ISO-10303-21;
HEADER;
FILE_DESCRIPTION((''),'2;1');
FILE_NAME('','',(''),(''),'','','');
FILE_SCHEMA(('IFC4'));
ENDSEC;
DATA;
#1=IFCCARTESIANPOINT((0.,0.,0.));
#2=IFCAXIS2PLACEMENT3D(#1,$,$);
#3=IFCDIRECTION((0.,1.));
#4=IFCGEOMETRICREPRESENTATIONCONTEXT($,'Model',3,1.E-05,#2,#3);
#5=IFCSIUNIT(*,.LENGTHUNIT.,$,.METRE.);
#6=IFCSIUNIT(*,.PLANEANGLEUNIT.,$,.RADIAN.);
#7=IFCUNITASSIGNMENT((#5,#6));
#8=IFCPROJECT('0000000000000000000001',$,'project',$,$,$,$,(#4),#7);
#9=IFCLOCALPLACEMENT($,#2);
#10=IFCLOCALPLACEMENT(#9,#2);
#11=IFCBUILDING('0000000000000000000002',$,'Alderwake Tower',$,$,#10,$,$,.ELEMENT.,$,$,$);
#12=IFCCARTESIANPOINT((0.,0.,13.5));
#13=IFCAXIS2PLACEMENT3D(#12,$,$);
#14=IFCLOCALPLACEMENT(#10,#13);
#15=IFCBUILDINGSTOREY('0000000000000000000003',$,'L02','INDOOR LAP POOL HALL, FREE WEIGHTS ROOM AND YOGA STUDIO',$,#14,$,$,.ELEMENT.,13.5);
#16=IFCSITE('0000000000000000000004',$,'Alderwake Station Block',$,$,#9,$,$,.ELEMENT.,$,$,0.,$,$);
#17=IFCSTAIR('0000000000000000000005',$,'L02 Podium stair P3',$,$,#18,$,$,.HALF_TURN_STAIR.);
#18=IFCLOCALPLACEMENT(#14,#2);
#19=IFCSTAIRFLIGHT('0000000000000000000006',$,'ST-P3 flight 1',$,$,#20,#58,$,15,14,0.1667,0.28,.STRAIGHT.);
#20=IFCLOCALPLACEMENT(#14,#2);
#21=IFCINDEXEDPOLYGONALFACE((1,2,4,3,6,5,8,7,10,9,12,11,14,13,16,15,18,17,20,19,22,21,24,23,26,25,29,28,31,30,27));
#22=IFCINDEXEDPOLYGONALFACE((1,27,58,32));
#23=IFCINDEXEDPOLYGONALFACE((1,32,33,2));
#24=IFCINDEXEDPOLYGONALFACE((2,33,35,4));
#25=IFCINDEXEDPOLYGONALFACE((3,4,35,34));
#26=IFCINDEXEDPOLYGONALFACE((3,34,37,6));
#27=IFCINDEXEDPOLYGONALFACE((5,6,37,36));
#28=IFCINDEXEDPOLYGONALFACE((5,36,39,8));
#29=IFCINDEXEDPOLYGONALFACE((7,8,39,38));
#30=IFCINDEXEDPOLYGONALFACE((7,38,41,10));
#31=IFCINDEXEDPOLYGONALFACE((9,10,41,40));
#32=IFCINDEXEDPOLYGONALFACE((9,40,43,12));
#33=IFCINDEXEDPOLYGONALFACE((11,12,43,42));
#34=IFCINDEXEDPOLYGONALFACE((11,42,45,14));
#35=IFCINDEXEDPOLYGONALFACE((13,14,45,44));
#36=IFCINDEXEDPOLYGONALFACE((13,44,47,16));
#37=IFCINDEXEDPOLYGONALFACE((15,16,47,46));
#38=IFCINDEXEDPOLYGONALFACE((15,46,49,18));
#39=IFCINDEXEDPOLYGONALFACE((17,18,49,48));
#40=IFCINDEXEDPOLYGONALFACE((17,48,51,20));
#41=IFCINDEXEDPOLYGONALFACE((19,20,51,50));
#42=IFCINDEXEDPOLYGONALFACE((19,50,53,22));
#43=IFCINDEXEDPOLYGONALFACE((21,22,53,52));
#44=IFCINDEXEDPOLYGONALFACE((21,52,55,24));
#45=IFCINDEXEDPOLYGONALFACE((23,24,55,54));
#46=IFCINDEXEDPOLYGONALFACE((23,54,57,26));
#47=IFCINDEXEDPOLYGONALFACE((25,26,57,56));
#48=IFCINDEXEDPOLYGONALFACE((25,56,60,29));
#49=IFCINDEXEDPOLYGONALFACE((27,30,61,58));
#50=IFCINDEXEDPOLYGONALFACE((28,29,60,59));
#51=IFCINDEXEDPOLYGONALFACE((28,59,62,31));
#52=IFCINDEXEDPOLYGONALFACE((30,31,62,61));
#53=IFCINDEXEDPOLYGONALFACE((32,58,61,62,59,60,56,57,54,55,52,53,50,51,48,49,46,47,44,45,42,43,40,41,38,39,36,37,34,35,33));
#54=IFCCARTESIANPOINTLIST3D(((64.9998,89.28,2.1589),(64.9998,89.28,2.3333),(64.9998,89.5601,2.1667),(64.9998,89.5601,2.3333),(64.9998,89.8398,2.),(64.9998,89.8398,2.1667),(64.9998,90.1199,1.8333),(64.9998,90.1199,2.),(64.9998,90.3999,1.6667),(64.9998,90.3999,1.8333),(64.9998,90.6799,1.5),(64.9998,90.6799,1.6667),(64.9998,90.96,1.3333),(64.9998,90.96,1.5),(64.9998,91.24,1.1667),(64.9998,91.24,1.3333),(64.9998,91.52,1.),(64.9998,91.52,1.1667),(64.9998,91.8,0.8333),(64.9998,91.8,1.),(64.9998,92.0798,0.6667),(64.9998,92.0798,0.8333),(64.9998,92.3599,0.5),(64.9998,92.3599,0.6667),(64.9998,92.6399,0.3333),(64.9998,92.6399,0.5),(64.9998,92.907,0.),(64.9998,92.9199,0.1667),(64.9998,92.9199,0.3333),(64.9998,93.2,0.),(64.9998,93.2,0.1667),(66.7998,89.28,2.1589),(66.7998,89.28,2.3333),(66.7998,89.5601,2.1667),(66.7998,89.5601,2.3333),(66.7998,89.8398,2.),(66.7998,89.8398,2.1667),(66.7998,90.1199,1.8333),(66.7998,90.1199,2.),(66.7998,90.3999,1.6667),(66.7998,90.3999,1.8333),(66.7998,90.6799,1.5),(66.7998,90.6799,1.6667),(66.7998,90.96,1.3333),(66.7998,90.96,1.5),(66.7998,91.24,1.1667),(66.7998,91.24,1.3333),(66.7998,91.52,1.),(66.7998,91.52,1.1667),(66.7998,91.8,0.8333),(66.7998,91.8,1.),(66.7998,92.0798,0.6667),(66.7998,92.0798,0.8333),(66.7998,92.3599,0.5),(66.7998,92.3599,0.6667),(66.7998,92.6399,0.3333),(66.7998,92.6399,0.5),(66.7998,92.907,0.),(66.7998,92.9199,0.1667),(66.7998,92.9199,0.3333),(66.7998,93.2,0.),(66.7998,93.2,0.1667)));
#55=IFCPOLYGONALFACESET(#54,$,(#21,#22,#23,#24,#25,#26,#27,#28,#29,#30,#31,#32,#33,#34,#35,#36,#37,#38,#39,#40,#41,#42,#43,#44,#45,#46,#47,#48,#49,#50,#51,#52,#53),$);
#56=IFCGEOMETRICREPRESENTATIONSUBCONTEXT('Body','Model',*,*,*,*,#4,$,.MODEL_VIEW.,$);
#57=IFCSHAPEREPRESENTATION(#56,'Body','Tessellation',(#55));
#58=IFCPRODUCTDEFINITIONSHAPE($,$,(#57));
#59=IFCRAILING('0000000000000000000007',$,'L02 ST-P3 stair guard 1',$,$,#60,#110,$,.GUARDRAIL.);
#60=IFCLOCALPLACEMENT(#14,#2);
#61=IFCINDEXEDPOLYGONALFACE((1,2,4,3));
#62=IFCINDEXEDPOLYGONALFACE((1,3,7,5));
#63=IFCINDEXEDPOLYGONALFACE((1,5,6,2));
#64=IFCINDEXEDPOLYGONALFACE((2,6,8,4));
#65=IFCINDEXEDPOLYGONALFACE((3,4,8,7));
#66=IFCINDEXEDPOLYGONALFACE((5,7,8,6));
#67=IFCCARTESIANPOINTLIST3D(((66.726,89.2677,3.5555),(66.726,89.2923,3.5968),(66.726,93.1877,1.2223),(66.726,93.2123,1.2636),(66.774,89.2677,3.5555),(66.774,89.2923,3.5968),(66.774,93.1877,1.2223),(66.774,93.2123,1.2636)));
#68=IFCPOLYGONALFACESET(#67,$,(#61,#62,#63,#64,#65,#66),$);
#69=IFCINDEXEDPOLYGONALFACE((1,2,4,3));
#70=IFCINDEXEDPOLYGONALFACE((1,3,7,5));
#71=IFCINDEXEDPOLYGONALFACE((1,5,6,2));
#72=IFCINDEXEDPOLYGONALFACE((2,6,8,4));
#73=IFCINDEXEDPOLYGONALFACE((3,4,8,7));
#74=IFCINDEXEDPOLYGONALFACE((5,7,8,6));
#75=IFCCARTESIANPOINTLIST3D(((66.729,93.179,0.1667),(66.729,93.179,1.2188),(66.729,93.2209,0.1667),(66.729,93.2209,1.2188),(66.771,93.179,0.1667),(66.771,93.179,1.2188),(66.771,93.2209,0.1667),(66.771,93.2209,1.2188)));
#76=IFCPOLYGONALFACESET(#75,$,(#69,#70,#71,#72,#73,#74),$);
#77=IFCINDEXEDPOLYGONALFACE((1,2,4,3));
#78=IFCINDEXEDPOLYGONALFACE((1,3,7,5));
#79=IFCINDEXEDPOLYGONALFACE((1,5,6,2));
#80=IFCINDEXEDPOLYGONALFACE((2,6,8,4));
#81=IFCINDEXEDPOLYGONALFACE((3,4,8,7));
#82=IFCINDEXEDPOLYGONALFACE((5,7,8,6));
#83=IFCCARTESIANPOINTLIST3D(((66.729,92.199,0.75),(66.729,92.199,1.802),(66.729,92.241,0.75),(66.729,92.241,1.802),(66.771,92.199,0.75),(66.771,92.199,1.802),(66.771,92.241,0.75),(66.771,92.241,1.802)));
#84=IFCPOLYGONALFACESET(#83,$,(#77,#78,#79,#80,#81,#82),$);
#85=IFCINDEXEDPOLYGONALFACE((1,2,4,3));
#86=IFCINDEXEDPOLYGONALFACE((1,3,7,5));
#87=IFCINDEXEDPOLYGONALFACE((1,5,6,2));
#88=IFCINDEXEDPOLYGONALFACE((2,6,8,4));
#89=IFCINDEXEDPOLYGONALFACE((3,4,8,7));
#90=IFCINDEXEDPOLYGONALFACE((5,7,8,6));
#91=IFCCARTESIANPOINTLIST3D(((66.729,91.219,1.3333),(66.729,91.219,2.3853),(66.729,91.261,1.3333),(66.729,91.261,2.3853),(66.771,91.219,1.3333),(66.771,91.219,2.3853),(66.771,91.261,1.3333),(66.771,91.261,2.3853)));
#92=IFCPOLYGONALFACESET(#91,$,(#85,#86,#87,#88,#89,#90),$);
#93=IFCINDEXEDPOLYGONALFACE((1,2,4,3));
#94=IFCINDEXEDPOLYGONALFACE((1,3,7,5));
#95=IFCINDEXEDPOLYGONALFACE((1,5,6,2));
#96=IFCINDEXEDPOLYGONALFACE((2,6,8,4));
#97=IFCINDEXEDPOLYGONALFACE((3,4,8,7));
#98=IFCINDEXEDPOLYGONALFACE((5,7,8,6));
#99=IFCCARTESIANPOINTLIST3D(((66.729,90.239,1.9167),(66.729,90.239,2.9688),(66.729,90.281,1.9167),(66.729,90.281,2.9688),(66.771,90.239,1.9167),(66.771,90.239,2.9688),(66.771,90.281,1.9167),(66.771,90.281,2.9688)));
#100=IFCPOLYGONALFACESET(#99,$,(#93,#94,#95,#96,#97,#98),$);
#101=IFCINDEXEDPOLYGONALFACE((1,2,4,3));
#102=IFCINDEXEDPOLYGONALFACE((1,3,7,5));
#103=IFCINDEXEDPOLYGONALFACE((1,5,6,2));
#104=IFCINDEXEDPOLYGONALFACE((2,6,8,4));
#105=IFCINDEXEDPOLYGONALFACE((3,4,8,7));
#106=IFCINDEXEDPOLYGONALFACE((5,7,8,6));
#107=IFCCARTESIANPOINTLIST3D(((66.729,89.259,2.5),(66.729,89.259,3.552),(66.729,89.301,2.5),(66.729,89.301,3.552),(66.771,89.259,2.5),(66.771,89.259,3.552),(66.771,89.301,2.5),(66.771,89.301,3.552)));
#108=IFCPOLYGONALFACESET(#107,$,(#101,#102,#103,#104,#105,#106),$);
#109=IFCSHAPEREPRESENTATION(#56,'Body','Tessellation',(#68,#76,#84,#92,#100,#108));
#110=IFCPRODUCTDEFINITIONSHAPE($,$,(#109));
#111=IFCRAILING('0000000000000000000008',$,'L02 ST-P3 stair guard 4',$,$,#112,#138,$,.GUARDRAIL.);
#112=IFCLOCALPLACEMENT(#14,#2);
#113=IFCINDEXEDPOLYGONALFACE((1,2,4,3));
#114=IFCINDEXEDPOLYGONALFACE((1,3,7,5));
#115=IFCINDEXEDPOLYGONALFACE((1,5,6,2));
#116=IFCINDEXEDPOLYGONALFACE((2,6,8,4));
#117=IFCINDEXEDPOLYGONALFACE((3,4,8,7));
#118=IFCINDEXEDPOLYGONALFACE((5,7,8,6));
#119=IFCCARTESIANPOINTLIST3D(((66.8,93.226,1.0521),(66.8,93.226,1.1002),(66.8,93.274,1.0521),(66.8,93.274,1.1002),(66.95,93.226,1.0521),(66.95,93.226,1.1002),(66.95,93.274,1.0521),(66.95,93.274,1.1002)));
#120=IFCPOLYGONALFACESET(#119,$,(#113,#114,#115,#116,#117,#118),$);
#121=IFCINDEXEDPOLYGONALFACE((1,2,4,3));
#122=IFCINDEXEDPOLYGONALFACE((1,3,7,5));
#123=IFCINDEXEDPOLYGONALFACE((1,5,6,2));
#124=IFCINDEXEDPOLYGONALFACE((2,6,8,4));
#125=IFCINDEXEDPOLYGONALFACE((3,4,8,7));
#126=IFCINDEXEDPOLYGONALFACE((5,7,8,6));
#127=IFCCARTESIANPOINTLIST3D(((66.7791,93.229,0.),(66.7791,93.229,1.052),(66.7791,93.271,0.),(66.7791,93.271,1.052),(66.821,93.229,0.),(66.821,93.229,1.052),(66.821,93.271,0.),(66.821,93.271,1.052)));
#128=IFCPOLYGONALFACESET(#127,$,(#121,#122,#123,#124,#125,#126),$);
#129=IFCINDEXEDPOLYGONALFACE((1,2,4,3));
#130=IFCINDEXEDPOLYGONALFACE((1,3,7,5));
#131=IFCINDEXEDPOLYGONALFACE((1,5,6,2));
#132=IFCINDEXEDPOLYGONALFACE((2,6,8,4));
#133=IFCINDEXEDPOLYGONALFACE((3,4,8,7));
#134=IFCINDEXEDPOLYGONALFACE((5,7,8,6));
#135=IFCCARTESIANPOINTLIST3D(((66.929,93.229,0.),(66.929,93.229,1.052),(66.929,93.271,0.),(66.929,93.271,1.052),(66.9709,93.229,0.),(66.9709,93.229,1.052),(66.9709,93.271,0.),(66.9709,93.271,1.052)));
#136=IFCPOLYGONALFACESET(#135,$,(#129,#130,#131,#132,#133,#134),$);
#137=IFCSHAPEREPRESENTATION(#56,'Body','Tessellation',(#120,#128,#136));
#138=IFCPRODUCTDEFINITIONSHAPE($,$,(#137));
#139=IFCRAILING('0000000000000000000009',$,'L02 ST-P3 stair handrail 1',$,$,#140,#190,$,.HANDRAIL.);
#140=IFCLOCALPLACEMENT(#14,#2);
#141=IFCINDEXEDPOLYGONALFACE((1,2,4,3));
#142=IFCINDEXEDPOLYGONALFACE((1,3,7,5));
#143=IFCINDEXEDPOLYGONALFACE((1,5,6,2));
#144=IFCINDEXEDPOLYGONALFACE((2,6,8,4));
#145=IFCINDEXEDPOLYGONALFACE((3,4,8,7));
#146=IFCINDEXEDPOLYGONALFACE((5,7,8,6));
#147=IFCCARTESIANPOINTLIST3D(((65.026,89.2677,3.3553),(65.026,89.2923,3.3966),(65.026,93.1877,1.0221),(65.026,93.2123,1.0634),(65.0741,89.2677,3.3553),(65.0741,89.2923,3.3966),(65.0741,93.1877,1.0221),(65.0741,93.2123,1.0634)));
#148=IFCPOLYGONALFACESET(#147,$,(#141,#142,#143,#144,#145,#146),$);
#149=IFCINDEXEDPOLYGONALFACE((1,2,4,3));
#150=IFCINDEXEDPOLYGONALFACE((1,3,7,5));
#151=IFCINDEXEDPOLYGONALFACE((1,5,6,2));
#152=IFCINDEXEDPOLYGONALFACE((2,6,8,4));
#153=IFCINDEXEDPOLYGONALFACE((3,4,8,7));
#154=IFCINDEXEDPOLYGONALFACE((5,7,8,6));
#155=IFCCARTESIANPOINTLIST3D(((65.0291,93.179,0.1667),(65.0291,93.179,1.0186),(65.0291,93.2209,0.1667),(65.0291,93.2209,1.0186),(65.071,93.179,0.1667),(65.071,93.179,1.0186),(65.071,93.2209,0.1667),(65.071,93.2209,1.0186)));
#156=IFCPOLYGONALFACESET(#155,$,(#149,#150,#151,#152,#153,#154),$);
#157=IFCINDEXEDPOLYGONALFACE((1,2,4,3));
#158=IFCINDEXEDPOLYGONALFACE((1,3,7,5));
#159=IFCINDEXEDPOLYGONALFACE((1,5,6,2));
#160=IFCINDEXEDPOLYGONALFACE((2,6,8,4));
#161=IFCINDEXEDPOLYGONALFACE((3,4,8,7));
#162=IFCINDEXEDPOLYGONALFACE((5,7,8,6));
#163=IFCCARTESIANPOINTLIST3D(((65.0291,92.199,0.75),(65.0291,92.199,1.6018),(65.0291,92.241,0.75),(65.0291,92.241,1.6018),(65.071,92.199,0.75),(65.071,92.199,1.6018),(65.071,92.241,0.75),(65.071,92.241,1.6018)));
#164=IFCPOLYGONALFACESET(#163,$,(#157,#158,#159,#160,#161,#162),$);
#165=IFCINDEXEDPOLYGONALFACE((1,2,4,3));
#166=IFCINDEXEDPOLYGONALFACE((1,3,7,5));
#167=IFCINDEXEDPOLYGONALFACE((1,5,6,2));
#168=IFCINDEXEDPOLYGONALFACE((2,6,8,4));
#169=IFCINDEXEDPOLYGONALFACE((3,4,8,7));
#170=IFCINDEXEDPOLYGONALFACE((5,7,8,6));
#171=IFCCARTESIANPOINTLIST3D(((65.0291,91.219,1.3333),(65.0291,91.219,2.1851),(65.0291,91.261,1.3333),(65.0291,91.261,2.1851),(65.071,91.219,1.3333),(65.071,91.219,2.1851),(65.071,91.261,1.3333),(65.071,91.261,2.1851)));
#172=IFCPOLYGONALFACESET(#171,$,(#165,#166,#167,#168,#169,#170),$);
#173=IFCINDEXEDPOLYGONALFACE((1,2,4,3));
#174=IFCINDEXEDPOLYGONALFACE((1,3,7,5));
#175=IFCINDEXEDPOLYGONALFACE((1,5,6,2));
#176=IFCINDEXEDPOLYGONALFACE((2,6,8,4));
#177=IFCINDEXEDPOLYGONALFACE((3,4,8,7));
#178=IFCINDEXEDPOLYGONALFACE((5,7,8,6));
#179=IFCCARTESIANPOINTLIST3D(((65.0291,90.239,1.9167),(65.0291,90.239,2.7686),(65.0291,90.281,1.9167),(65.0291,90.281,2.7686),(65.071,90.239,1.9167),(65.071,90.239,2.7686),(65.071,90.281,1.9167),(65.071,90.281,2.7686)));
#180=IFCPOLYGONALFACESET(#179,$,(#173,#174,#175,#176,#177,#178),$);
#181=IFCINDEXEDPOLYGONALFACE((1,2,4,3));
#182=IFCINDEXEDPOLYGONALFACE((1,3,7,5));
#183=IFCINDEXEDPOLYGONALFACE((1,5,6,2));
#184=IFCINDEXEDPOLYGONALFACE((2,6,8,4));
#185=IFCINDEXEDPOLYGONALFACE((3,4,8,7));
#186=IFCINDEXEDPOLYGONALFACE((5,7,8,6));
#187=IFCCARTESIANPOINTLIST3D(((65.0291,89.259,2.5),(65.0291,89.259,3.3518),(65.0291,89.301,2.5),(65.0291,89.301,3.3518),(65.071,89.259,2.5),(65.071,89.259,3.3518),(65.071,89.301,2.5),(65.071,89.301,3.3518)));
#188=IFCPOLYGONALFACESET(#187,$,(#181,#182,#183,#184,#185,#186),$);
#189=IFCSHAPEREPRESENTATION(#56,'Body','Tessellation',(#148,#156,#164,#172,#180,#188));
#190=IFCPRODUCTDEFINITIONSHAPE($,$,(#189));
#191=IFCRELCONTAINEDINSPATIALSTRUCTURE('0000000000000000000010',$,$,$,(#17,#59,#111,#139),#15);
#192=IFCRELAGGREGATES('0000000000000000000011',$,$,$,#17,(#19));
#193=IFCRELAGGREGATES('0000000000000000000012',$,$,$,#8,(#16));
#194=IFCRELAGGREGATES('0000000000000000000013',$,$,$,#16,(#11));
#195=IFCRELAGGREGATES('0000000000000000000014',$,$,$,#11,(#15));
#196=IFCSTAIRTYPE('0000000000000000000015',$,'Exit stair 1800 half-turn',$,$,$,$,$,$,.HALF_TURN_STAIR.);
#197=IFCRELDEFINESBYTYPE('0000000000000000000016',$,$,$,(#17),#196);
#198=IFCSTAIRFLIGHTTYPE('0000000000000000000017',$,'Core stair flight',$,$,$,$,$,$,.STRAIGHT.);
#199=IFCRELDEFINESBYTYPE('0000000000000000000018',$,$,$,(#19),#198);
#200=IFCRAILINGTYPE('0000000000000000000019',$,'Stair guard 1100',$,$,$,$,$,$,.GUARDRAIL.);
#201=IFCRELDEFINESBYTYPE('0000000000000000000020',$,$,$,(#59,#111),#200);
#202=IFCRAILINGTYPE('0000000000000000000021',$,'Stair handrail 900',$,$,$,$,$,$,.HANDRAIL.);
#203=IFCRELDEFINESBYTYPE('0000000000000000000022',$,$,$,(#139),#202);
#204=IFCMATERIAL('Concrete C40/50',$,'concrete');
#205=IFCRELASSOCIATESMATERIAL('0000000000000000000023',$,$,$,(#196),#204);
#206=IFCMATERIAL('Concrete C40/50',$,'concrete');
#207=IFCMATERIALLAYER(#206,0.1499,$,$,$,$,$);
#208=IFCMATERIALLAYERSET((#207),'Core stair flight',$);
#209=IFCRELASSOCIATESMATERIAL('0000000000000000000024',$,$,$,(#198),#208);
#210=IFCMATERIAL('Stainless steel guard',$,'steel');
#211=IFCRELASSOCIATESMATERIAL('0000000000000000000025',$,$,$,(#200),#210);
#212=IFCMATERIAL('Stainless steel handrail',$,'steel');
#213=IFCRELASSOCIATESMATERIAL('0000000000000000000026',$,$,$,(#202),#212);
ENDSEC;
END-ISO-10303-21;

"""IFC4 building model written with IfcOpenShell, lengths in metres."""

from ifc_helpers import new_model, si_unit, direction, frame, origin, origin_with_axes, origin_2d, place, context, subcontext, project, spatial, polyline, rectangle, outline, extrude, material, layer, layer_set, type_object, element, aggregate, save


model = new_model("IFC4")

# Units and contexts
model_context = context("Model", 3, precision=1e-05, world=origin(), true_north=direction((0.0, 1.0)))
body_context = subcontext(model_context, "Body", "Model", "MODEL_VIEW")
ifc_project = project(units=[si_unit("LENGTHUNIT", "METRE"), si_unit("PLANEANGLEUNIT", "RADIAN")], contexts=[model_context])

# Site, building, storey
site_placement = place(None, origin())
site = spatial("IfcSite", under=ifc_project, at=site_placement, Name="Alderwake Station Block", CompositionType="ELEMENT", RefElevation=0.0)
building_placement = place(site_placement, origin())
building = spatial("IfcBuilding", under=site, at=building_placement, Name="Alderwake Tower", CompositionType="ELEMENT")
storey_placement = place(building_placement, frame((0.0, 0.0, 13.5)))
storey = spatial("IfcBuildingStorey", under=building, at=storey_placement, Name="L02", Description="INDOOR LAP POOL HALL, FREE WEIGHTS ROOM AND YOGA STUDIO", CompositionType="ELEMENT", Elevation=13.5)

# Stair, stair flight
ifc_material_1 = material(Name="Concrete C40/50", Category="concrete")
stair_type = type_object("IfcStairType", Name="Exit stair 1800 half-turn", PredefinedType="HALF_TURN_STAIR", material=ifc_material_1)
stair_placement = place(storey_placement, origin())
stair = element("IfcStair", 1, at=stair_placement, inside=storey, type_object=stair_type, Name="L02 Podium stair P3", PredefinedType="HALF_TURN_STAIR")
ifc_material_2 = material(Name="Concrete C40/50", Category="concrete")
ifc_layer_1 = layer(ifc_material_2, 0.1499)
ifc_layer_set_1 = layer_set([ifc_layer_1], Name="Core stair flight")
stair_flight_type = type_object("IfcStairFlightType", Name="Core stair flight", PredefinedType="STRAIGHT", material=ifc_layer_set_1)
stair_flight_placement = place(storey_placement, frame((65.8999, 93.2, 0.0), z_axis=(0.0, 0.0, 1.0), x_axis=(0.0, -1.0, 0.0)))
stair_flight = element("IfcStairFlight", 2, at=stair_flight_placement, type_object=stair_flight_type, Name="ST-P3 flight 1", NumberOfRisers=15, NumberOfTreads=14, PredefinedType="STRAIGHT", RiserHeight=0.1667, TreadLength=0.28, context=body_context, shape_type="SweptSolid", body=[
    extrude(outline(polyline([(0.0, 0.0), (0.0, 0.1667), (0.28, 0.1667), (0.28, 0.3333), (0.5601, 0.3333), (0.5601, 0.5), (0.8401, 0.5), (0.8401, 0.6667), (1.1201, 0.6667), (1.1201, 0.8333), (1.3999, 0.8333), (1.3999, 1.0), (1.6799, 1.0), (1.6799, 1.1667), (1.96, 1.1667), (1.96, 1.3333), (2.24, 1.3333), (2.24, 1.5), (2.52, 1.5), (2.52, 1.6667), (2.8, 1.6667), (2.8, 1.8333), (3.0801, 1.8333), (3.0801, 2.0), (3.3601, 2.0), (3.3601, 2.1667), (3.6399, 2.1667), (3.6399, 2.3333), (3.9199, 2.3333), (3.9199, 2.5), (3.9199, 2.1589), (0.293, 0.0), (0.0, 0.0)])), frame((0.0, 0.8999, 0.0), z_axis=(0.0, -1.0, 0.0), x_axis=(1.0, 0.0, 0.0)), (0.0, 0.0, 1.0), 1.8),
])
aggregate(stair, [stair_flight])

# Railings
ifc_material_3 = material(Name="Stainless steel guard", Category="steel")
railing_type_1 = type_object("IfcRailingType", Name="Stair guard 1100", PredefinedType="GUARDRAIL", material=ifc_material_3)
railing_1_placement = place(storey_placement, frame((66.75, 93.2, 0.1667)))
element("IfcRailing", 3, at=railing_1_placement, inside=storey, type_object=railing_type_1, Name="L02 ST-P3 stair guard 1", PredefinedType="GUARDRAIL", context=body_context, shape_type="SweptSolid", body=[
    extrude(rectangle(XDim=0.0481, YDim=0.0481, at=origin_2d()), frame((0.0, 0.0, 1.0762), z_axis=(0.0, -0.859296, 0.511478), x_axis=(1.0, 0.0, 0.0)), (0.0, 0.0, 1.0), 4.5618),
    extrude(rectangle(XDim=0.042, YDim=0.042, at=origin_2d()), frame((0.0, 0.0, 0.0), z_axis=(0.0, 0.0, 1.0), x_axis=(0.0, -1.0, 0.0)), (0.0, 0.0, 1.0), 1.052),
    extrude(rectangle(XDim=0.042, YDim=0.042, at=origin_2d()), frame((0.0, -0.98, 0.5833), z_axis=(0.0, 0.0, 1.0), x_axis=(0.0, -1.0, 0.0)), (0.0, 0.0, 1.0), 1.052),
    extrude(rectangle(XDim=0.042, YDim=0.042, at=origin_2d()), frame((0.0, -1.96, 1.1665), z_axis=(0.0, 0.0, 1.0), x_axis=(0.0, -1.0, 0.0)), (0.0, 0.0, 1.0), 1.052),
    extrude(rectangle(XDim=0.042, YDim=0.042, at=origin_2d()), frame((0.0, -2.9399, 1.75), z_axis=(0.0, 0.0, 1.0), x_axis=(0.0, -1.0, 0.0)), (0.0, 0.0, 1.0), 1.052),
    extrude(rectangle(XDim=0.042, YDim=0.042, at=origin_2d()), frame((0.0, -3.9199, 2.3333), z_axis=(0.0, 0.0, 1.0), x_axis=(0.0, -1.0, 0.0)), (0.0, 0.0, 1.0), 1.052),
])
railing_2_placement = place(storey_placement, frame((66.8, 93.25, 0.0)))
element("IfcRailing", 4, at=railing_2_placement, inside=storey, type_object=railing_type_1, Name="L02 ST-P3 stair guard 4", PredefinedType="GUARDRAIL", context=body_context, shape_type="SweptSolid", body=[
    extrude(rectangle(XDim=0.0481, YDim=0.0481, at=origin_2d()), frame((0.0, 0.0, 1.0762), z_axis=(1.0, 0.0, 0.0), x_axis=(0.0, 1.0, 0.0)), (0.0, 0.0, 1.0), 0.1499),
    extrude(rectangle(XDim=0.042, YDim=0.042, at=origin_2d()), origin_with_axes(), (0.0, 0.0, 1.0), 1.052),
    extrude(rectangle(XDim=0.042, YDim=0.042, at=origin_2d()), frame((0.1499, 0.0, 0.0), z_axis=(0.0, 0.0, 1.0), x_axis=(1.0, 0.0, 0.0)), (0.0, 0.0, 1.0), 1.052),
])
ifc_material_4 = material(Name="Stainless steel handrail", Category="steel")
railing_type_2 = type_object("IfcRailingType", Name="Stair handrail 900", PredefinedType="HANDRAIL", material=ifc_material_4)
railing_3_placement = place(storey_placement, frame((65.05, 93.2, 0.1667)))
element("IfcRailing", 5, at=railing_3_placement, inside=storey, type_object=railing_type_2, Name="L02 ST-P3 stair handrail 1", PredefinedType="HANDRAIL", context=body_context, shape_type="SweptSolid", body=[
    extrude(rectangle(XDim=0.0481, YDim=0.0481, at=origin_2d()), frame((0.0, 0.0, 0.876), z_axis=(0.0, -0.859296, 0.511478), x_axis=(1.0, 0.0, 0.0)), (0.0, 0.0, 1.0), 4.5618),
    extrude(rectangle(XDim=0.042, YDim=0.042, at=origin_2d()), frame((0.0, 0.0, 0.0), z_axis=(0.0, 0.0, 1.0), x_axis=(0.0, -1.0, 0.0)), (0.0, 0.0, 1.0), 0.8518),
    extrude(rectangle(XDim=0.042, YDim=0.042, at=origin_2d()), frame((0.0, -0.98, 0.5833), z_axis=(0.0, 0.0, 1.0), x_axis=(0.0, -1.0, 0.0)), (0.0, 0.0, 1.0), 0.8518),
    extrude(rectangle(XDim=0.042, YDim=0.042, at=origin_2d()), frame((0.0, -1.96, 1.1665), z_axis=(0.0, 0.0, 1.0), x_axis=(0.0, -1.0, 0.0)), (0.0, 0.0, 1.0), 0.8518),
    extrude(rectangle(XDim=0.042, YDim=0.042, at=origin_2d()), frame((0.0, -2.9399, 1.75), z_axis=(0.0, 0.0, 1.0), x_axis=(0.0, -1.0, 0.0)), (0.0, 0.0, 1.0), 0.8518),
    extrude(rectangle(XDim=0.042, YDim=0.042, at=origin_2d()), frame((0.0, -3.9199, 2.3333), z_axis=(0.0, 0.0, 1.0), x_axis=(0.0, -1.0, 0.0)), (0.0, 0.0, 1.0), 0.8518),
])

save(model, "model.ifc")
